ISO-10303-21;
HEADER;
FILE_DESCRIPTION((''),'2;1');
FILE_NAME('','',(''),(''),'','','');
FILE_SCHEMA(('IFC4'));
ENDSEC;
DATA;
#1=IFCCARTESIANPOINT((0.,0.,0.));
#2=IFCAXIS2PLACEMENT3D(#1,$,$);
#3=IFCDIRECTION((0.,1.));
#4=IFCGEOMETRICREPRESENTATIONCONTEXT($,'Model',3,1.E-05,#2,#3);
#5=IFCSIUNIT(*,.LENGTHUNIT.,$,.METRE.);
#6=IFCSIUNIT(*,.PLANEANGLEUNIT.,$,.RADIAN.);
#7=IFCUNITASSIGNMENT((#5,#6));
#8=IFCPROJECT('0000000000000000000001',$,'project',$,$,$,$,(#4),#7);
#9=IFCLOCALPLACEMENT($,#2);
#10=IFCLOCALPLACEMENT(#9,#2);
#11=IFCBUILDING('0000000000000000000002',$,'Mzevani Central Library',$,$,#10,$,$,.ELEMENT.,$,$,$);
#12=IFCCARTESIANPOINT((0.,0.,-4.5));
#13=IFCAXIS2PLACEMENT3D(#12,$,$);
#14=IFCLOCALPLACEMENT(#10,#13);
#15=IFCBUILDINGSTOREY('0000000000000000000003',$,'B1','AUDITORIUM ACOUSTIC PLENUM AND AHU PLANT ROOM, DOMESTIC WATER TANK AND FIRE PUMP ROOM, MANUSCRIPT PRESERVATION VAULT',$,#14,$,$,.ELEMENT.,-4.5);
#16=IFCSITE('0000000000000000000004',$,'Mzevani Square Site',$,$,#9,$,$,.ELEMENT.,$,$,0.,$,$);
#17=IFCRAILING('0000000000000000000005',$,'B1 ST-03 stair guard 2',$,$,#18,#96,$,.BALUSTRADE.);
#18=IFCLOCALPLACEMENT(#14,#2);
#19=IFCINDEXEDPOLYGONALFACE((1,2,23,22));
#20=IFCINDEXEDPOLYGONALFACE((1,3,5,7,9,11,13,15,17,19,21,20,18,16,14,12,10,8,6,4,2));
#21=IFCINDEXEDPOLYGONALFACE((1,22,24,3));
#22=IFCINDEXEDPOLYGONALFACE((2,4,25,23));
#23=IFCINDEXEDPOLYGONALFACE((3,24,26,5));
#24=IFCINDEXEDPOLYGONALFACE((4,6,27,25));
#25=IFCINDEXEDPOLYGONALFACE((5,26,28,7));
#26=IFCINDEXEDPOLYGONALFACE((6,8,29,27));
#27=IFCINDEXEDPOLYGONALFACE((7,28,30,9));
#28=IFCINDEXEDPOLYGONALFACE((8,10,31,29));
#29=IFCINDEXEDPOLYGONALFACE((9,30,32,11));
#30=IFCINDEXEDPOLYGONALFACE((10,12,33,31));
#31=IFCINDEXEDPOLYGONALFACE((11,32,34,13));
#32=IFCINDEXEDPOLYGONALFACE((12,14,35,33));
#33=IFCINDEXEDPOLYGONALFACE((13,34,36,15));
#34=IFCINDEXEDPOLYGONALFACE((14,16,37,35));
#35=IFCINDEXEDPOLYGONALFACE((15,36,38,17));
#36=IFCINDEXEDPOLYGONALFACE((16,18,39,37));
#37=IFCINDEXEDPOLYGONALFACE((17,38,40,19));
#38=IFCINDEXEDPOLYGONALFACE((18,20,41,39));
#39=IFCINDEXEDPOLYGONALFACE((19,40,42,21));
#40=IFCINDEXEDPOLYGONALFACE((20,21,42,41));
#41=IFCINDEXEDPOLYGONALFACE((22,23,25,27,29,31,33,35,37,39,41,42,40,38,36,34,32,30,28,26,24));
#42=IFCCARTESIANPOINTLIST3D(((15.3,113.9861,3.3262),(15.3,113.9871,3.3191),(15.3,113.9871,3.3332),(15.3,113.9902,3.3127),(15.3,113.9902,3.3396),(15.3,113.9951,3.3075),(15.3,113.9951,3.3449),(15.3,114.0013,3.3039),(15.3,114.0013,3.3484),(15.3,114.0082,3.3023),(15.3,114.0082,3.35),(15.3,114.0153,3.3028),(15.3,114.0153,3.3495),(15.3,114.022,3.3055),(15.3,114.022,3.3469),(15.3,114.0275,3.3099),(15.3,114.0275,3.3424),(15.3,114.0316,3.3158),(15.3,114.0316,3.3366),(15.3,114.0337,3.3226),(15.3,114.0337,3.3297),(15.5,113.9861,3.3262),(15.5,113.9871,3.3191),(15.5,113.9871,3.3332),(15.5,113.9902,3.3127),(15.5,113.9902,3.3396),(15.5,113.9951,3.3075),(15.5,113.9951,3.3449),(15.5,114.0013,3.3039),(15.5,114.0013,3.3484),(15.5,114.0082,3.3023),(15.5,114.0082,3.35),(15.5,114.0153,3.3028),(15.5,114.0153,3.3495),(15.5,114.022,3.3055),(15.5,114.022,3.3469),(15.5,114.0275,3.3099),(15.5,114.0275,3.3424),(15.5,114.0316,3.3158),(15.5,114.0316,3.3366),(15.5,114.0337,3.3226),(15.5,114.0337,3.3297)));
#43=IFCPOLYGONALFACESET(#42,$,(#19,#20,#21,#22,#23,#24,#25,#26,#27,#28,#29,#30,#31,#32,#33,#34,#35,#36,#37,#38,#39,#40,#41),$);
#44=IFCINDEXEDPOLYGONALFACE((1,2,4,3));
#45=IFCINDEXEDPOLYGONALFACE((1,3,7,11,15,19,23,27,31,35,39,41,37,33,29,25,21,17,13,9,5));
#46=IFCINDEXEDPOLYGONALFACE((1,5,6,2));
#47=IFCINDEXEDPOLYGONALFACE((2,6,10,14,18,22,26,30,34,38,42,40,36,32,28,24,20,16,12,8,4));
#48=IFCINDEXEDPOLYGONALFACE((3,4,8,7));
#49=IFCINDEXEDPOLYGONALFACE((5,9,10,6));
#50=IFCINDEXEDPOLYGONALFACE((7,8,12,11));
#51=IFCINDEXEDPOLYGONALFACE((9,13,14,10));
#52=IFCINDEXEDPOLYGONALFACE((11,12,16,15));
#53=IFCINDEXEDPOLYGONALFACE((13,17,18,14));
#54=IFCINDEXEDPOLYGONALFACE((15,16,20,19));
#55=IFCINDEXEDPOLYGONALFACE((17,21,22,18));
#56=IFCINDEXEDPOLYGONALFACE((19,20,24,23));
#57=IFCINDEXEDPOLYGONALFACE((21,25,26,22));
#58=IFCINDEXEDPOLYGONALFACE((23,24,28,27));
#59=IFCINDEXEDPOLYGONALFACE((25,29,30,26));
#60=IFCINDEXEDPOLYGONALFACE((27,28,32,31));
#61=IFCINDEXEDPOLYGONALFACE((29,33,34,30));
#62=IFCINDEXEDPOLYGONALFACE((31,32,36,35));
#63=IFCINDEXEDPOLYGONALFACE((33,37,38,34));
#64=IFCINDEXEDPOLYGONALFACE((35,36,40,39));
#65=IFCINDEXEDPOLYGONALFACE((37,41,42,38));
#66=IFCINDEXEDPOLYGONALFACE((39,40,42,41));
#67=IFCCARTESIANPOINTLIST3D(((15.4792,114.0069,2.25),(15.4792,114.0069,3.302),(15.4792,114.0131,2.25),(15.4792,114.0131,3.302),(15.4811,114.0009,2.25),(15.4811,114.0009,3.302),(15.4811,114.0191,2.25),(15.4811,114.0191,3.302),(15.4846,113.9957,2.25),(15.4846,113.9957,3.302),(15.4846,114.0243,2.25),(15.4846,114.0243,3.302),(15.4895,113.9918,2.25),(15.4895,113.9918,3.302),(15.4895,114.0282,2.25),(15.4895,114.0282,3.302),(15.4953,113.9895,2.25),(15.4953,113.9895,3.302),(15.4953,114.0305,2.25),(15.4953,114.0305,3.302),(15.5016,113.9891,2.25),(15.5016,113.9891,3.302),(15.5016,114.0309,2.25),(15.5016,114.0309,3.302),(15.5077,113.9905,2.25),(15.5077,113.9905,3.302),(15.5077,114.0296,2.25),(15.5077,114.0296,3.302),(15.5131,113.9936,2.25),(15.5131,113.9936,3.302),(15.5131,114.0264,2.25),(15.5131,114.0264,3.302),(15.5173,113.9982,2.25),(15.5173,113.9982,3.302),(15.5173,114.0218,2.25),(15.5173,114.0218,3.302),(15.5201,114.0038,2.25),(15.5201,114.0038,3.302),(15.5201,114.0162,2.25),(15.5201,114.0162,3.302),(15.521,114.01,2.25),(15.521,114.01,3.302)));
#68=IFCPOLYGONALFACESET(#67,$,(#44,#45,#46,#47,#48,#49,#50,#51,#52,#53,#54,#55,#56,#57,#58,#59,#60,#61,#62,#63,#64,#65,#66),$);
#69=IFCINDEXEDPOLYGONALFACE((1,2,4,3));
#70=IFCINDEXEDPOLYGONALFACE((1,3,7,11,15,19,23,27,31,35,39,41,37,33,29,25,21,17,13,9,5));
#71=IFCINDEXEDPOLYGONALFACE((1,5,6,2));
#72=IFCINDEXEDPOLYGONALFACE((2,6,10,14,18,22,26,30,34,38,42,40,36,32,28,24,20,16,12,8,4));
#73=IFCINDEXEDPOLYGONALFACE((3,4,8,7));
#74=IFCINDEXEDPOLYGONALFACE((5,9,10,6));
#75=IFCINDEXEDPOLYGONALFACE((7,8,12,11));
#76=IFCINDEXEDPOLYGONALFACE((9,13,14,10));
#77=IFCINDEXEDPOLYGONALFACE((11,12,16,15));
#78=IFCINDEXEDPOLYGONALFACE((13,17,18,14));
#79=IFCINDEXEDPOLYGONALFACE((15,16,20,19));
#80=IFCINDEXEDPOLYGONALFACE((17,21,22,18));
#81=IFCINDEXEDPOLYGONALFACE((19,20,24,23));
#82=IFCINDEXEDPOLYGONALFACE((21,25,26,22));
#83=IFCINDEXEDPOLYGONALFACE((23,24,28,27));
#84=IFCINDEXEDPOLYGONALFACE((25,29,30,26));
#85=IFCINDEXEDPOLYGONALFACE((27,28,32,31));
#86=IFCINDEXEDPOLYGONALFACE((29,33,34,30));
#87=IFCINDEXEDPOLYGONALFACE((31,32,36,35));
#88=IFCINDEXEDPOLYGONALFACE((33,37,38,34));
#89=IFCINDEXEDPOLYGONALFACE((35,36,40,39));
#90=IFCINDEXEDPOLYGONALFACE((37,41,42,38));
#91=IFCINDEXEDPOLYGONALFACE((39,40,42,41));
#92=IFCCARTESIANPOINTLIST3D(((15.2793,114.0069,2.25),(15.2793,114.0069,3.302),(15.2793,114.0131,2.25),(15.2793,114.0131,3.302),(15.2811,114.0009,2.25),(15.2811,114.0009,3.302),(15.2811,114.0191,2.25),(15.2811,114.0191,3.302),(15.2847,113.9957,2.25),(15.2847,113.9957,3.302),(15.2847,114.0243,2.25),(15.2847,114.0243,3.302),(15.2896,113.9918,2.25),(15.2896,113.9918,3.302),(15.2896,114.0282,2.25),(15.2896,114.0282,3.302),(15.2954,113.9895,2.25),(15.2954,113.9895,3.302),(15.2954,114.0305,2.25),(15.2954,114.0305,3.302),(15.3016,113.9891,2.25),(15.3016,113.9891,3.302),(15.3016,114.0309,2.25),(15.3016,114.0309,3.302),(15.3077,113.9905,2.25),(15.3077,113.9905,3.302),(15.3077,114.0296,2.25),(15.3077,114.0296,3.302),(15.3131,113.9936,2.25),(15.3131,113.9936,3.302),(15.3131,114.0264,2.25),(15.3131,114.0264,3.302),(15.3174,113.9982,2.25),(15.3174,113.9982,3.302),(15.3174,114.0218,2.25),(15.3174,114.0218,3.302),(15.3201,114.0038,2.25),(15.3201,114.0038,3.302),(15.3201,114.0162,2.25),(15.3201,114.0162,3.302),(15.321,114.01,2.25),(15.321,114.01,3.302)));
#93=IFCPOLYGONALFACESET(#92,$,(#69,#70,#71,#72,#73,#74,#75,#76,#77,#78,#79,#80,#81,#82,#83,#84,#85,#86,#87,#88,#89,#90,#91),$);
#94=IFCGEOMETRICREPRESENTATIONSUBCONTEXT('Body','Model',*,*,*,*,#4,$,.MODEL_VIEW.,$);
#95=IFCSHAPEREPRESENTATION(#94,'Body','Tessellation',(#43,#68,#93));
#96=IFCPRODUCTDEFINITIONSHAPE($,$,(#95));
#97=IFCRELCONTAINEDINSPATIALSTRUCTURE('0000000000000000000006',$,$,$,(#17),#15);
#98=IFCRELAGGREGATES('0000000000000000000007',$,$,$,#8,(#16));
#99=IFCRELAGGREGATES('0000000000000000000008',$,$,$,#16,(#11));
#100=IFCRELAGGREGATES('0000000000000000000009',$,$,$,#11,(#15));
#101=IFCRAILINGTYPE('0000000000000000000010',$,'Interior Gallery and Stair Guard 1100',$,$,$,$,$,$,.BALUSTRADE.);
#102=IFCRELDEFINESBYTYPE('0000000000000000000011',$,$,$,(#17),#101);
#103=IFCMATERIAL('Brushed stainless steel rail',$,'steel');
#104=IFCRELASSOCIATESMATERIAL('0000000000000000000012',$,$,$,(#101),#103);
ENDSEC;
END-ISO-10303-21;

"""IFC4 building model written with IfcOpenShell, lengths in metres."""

from ifc_helpers import new_model, si_unit, direction, frame, origin, origin_2d, place, context, subcontext, project, spatial, circle, extrude, material, type_object, element, save


model = new_model("IFC4")

# Units and contexts
model_context = context("Model", 3, precision=1e-05, world=origin(), true_north=direction((0.0, 1.0)))
body_context = subcontext(model_context, "Body", "Model", "MODEL_VIEW")
ifc_project = project(units=[si_unit("LENGTHUNIT", "METRE"), si_unit("PLANEANGLEUNIT", "RADIAN")], contexts=[model_context])

# Site, building, storey
site_placement = place(None, origin())
site = spatial("IfcSite", under=ifc_project, at=site_placement, Name="Mzevani Square Site", CompositionType="ELEMENT", RefElevation=0.0)
building_placement = place(site_placement, origin())
building = spatial("IfcBuilding", under=site, at=building_placement, Name="Mzevani Central Library", CompositionType="ELEMENT")
storey_placement = place(building_placement, frame((0.0, 0.0, -4.5)))
storey = spatial("IfcBuildingStorey", under=building, at=storey_placement, Name="B1", Description="AUDITORIUM ACOUSTIC PLENUM AND AHU PLANT ROOM, DOMESTIC WATER TANK AND FIRE PUMP ROOM, MANUSCRIPT PRESERVATION VAULT", CompositionType="ELEMENT", Elevation=-4.5)

# Railing
ifc_material_1 = material(Name="Brushed stainless steel rail", Category="steel")
railing_type_1 = type_object("IfcRailingType", Name="Interior Gallery and Stair Guard 1100", PredefinedType="BALUSTRADE", material=ifc_material_1)
railing_1_placement = place(storey_placement, frame((15.5, 114.01, 2.25)))
element("IfcRailing", 1, at=railing_1_placement, inside=storey, type_object=railing_type_1, Name="B1 ST-03 stair guard 2", PredefinedType="BALUSTRADE", context=body_context, shape_type="SweptSolid", body=[
    extrude(circle(Radius=0.0239, at=origin_2d()), frame((0.0, 0.0, 1.0762), z_axis=(-1.0, 0.0, 0.0), x_axis=(0.0, -1.0, 0.0)), (0.0, 0.0, 1.0), 0.2),
    extrude(circle(Radius=0.021, at=origin_2d()), origin(), (0.0, 0.0, 1.0), 1.052),
    extrude(circle(Radius=0.021, at=origin_2d()), frame((-0.2, 0.0, 0.0)), (0.0, 0.0, 1.0), 1.052),
])

save(model, "model.ifc")
